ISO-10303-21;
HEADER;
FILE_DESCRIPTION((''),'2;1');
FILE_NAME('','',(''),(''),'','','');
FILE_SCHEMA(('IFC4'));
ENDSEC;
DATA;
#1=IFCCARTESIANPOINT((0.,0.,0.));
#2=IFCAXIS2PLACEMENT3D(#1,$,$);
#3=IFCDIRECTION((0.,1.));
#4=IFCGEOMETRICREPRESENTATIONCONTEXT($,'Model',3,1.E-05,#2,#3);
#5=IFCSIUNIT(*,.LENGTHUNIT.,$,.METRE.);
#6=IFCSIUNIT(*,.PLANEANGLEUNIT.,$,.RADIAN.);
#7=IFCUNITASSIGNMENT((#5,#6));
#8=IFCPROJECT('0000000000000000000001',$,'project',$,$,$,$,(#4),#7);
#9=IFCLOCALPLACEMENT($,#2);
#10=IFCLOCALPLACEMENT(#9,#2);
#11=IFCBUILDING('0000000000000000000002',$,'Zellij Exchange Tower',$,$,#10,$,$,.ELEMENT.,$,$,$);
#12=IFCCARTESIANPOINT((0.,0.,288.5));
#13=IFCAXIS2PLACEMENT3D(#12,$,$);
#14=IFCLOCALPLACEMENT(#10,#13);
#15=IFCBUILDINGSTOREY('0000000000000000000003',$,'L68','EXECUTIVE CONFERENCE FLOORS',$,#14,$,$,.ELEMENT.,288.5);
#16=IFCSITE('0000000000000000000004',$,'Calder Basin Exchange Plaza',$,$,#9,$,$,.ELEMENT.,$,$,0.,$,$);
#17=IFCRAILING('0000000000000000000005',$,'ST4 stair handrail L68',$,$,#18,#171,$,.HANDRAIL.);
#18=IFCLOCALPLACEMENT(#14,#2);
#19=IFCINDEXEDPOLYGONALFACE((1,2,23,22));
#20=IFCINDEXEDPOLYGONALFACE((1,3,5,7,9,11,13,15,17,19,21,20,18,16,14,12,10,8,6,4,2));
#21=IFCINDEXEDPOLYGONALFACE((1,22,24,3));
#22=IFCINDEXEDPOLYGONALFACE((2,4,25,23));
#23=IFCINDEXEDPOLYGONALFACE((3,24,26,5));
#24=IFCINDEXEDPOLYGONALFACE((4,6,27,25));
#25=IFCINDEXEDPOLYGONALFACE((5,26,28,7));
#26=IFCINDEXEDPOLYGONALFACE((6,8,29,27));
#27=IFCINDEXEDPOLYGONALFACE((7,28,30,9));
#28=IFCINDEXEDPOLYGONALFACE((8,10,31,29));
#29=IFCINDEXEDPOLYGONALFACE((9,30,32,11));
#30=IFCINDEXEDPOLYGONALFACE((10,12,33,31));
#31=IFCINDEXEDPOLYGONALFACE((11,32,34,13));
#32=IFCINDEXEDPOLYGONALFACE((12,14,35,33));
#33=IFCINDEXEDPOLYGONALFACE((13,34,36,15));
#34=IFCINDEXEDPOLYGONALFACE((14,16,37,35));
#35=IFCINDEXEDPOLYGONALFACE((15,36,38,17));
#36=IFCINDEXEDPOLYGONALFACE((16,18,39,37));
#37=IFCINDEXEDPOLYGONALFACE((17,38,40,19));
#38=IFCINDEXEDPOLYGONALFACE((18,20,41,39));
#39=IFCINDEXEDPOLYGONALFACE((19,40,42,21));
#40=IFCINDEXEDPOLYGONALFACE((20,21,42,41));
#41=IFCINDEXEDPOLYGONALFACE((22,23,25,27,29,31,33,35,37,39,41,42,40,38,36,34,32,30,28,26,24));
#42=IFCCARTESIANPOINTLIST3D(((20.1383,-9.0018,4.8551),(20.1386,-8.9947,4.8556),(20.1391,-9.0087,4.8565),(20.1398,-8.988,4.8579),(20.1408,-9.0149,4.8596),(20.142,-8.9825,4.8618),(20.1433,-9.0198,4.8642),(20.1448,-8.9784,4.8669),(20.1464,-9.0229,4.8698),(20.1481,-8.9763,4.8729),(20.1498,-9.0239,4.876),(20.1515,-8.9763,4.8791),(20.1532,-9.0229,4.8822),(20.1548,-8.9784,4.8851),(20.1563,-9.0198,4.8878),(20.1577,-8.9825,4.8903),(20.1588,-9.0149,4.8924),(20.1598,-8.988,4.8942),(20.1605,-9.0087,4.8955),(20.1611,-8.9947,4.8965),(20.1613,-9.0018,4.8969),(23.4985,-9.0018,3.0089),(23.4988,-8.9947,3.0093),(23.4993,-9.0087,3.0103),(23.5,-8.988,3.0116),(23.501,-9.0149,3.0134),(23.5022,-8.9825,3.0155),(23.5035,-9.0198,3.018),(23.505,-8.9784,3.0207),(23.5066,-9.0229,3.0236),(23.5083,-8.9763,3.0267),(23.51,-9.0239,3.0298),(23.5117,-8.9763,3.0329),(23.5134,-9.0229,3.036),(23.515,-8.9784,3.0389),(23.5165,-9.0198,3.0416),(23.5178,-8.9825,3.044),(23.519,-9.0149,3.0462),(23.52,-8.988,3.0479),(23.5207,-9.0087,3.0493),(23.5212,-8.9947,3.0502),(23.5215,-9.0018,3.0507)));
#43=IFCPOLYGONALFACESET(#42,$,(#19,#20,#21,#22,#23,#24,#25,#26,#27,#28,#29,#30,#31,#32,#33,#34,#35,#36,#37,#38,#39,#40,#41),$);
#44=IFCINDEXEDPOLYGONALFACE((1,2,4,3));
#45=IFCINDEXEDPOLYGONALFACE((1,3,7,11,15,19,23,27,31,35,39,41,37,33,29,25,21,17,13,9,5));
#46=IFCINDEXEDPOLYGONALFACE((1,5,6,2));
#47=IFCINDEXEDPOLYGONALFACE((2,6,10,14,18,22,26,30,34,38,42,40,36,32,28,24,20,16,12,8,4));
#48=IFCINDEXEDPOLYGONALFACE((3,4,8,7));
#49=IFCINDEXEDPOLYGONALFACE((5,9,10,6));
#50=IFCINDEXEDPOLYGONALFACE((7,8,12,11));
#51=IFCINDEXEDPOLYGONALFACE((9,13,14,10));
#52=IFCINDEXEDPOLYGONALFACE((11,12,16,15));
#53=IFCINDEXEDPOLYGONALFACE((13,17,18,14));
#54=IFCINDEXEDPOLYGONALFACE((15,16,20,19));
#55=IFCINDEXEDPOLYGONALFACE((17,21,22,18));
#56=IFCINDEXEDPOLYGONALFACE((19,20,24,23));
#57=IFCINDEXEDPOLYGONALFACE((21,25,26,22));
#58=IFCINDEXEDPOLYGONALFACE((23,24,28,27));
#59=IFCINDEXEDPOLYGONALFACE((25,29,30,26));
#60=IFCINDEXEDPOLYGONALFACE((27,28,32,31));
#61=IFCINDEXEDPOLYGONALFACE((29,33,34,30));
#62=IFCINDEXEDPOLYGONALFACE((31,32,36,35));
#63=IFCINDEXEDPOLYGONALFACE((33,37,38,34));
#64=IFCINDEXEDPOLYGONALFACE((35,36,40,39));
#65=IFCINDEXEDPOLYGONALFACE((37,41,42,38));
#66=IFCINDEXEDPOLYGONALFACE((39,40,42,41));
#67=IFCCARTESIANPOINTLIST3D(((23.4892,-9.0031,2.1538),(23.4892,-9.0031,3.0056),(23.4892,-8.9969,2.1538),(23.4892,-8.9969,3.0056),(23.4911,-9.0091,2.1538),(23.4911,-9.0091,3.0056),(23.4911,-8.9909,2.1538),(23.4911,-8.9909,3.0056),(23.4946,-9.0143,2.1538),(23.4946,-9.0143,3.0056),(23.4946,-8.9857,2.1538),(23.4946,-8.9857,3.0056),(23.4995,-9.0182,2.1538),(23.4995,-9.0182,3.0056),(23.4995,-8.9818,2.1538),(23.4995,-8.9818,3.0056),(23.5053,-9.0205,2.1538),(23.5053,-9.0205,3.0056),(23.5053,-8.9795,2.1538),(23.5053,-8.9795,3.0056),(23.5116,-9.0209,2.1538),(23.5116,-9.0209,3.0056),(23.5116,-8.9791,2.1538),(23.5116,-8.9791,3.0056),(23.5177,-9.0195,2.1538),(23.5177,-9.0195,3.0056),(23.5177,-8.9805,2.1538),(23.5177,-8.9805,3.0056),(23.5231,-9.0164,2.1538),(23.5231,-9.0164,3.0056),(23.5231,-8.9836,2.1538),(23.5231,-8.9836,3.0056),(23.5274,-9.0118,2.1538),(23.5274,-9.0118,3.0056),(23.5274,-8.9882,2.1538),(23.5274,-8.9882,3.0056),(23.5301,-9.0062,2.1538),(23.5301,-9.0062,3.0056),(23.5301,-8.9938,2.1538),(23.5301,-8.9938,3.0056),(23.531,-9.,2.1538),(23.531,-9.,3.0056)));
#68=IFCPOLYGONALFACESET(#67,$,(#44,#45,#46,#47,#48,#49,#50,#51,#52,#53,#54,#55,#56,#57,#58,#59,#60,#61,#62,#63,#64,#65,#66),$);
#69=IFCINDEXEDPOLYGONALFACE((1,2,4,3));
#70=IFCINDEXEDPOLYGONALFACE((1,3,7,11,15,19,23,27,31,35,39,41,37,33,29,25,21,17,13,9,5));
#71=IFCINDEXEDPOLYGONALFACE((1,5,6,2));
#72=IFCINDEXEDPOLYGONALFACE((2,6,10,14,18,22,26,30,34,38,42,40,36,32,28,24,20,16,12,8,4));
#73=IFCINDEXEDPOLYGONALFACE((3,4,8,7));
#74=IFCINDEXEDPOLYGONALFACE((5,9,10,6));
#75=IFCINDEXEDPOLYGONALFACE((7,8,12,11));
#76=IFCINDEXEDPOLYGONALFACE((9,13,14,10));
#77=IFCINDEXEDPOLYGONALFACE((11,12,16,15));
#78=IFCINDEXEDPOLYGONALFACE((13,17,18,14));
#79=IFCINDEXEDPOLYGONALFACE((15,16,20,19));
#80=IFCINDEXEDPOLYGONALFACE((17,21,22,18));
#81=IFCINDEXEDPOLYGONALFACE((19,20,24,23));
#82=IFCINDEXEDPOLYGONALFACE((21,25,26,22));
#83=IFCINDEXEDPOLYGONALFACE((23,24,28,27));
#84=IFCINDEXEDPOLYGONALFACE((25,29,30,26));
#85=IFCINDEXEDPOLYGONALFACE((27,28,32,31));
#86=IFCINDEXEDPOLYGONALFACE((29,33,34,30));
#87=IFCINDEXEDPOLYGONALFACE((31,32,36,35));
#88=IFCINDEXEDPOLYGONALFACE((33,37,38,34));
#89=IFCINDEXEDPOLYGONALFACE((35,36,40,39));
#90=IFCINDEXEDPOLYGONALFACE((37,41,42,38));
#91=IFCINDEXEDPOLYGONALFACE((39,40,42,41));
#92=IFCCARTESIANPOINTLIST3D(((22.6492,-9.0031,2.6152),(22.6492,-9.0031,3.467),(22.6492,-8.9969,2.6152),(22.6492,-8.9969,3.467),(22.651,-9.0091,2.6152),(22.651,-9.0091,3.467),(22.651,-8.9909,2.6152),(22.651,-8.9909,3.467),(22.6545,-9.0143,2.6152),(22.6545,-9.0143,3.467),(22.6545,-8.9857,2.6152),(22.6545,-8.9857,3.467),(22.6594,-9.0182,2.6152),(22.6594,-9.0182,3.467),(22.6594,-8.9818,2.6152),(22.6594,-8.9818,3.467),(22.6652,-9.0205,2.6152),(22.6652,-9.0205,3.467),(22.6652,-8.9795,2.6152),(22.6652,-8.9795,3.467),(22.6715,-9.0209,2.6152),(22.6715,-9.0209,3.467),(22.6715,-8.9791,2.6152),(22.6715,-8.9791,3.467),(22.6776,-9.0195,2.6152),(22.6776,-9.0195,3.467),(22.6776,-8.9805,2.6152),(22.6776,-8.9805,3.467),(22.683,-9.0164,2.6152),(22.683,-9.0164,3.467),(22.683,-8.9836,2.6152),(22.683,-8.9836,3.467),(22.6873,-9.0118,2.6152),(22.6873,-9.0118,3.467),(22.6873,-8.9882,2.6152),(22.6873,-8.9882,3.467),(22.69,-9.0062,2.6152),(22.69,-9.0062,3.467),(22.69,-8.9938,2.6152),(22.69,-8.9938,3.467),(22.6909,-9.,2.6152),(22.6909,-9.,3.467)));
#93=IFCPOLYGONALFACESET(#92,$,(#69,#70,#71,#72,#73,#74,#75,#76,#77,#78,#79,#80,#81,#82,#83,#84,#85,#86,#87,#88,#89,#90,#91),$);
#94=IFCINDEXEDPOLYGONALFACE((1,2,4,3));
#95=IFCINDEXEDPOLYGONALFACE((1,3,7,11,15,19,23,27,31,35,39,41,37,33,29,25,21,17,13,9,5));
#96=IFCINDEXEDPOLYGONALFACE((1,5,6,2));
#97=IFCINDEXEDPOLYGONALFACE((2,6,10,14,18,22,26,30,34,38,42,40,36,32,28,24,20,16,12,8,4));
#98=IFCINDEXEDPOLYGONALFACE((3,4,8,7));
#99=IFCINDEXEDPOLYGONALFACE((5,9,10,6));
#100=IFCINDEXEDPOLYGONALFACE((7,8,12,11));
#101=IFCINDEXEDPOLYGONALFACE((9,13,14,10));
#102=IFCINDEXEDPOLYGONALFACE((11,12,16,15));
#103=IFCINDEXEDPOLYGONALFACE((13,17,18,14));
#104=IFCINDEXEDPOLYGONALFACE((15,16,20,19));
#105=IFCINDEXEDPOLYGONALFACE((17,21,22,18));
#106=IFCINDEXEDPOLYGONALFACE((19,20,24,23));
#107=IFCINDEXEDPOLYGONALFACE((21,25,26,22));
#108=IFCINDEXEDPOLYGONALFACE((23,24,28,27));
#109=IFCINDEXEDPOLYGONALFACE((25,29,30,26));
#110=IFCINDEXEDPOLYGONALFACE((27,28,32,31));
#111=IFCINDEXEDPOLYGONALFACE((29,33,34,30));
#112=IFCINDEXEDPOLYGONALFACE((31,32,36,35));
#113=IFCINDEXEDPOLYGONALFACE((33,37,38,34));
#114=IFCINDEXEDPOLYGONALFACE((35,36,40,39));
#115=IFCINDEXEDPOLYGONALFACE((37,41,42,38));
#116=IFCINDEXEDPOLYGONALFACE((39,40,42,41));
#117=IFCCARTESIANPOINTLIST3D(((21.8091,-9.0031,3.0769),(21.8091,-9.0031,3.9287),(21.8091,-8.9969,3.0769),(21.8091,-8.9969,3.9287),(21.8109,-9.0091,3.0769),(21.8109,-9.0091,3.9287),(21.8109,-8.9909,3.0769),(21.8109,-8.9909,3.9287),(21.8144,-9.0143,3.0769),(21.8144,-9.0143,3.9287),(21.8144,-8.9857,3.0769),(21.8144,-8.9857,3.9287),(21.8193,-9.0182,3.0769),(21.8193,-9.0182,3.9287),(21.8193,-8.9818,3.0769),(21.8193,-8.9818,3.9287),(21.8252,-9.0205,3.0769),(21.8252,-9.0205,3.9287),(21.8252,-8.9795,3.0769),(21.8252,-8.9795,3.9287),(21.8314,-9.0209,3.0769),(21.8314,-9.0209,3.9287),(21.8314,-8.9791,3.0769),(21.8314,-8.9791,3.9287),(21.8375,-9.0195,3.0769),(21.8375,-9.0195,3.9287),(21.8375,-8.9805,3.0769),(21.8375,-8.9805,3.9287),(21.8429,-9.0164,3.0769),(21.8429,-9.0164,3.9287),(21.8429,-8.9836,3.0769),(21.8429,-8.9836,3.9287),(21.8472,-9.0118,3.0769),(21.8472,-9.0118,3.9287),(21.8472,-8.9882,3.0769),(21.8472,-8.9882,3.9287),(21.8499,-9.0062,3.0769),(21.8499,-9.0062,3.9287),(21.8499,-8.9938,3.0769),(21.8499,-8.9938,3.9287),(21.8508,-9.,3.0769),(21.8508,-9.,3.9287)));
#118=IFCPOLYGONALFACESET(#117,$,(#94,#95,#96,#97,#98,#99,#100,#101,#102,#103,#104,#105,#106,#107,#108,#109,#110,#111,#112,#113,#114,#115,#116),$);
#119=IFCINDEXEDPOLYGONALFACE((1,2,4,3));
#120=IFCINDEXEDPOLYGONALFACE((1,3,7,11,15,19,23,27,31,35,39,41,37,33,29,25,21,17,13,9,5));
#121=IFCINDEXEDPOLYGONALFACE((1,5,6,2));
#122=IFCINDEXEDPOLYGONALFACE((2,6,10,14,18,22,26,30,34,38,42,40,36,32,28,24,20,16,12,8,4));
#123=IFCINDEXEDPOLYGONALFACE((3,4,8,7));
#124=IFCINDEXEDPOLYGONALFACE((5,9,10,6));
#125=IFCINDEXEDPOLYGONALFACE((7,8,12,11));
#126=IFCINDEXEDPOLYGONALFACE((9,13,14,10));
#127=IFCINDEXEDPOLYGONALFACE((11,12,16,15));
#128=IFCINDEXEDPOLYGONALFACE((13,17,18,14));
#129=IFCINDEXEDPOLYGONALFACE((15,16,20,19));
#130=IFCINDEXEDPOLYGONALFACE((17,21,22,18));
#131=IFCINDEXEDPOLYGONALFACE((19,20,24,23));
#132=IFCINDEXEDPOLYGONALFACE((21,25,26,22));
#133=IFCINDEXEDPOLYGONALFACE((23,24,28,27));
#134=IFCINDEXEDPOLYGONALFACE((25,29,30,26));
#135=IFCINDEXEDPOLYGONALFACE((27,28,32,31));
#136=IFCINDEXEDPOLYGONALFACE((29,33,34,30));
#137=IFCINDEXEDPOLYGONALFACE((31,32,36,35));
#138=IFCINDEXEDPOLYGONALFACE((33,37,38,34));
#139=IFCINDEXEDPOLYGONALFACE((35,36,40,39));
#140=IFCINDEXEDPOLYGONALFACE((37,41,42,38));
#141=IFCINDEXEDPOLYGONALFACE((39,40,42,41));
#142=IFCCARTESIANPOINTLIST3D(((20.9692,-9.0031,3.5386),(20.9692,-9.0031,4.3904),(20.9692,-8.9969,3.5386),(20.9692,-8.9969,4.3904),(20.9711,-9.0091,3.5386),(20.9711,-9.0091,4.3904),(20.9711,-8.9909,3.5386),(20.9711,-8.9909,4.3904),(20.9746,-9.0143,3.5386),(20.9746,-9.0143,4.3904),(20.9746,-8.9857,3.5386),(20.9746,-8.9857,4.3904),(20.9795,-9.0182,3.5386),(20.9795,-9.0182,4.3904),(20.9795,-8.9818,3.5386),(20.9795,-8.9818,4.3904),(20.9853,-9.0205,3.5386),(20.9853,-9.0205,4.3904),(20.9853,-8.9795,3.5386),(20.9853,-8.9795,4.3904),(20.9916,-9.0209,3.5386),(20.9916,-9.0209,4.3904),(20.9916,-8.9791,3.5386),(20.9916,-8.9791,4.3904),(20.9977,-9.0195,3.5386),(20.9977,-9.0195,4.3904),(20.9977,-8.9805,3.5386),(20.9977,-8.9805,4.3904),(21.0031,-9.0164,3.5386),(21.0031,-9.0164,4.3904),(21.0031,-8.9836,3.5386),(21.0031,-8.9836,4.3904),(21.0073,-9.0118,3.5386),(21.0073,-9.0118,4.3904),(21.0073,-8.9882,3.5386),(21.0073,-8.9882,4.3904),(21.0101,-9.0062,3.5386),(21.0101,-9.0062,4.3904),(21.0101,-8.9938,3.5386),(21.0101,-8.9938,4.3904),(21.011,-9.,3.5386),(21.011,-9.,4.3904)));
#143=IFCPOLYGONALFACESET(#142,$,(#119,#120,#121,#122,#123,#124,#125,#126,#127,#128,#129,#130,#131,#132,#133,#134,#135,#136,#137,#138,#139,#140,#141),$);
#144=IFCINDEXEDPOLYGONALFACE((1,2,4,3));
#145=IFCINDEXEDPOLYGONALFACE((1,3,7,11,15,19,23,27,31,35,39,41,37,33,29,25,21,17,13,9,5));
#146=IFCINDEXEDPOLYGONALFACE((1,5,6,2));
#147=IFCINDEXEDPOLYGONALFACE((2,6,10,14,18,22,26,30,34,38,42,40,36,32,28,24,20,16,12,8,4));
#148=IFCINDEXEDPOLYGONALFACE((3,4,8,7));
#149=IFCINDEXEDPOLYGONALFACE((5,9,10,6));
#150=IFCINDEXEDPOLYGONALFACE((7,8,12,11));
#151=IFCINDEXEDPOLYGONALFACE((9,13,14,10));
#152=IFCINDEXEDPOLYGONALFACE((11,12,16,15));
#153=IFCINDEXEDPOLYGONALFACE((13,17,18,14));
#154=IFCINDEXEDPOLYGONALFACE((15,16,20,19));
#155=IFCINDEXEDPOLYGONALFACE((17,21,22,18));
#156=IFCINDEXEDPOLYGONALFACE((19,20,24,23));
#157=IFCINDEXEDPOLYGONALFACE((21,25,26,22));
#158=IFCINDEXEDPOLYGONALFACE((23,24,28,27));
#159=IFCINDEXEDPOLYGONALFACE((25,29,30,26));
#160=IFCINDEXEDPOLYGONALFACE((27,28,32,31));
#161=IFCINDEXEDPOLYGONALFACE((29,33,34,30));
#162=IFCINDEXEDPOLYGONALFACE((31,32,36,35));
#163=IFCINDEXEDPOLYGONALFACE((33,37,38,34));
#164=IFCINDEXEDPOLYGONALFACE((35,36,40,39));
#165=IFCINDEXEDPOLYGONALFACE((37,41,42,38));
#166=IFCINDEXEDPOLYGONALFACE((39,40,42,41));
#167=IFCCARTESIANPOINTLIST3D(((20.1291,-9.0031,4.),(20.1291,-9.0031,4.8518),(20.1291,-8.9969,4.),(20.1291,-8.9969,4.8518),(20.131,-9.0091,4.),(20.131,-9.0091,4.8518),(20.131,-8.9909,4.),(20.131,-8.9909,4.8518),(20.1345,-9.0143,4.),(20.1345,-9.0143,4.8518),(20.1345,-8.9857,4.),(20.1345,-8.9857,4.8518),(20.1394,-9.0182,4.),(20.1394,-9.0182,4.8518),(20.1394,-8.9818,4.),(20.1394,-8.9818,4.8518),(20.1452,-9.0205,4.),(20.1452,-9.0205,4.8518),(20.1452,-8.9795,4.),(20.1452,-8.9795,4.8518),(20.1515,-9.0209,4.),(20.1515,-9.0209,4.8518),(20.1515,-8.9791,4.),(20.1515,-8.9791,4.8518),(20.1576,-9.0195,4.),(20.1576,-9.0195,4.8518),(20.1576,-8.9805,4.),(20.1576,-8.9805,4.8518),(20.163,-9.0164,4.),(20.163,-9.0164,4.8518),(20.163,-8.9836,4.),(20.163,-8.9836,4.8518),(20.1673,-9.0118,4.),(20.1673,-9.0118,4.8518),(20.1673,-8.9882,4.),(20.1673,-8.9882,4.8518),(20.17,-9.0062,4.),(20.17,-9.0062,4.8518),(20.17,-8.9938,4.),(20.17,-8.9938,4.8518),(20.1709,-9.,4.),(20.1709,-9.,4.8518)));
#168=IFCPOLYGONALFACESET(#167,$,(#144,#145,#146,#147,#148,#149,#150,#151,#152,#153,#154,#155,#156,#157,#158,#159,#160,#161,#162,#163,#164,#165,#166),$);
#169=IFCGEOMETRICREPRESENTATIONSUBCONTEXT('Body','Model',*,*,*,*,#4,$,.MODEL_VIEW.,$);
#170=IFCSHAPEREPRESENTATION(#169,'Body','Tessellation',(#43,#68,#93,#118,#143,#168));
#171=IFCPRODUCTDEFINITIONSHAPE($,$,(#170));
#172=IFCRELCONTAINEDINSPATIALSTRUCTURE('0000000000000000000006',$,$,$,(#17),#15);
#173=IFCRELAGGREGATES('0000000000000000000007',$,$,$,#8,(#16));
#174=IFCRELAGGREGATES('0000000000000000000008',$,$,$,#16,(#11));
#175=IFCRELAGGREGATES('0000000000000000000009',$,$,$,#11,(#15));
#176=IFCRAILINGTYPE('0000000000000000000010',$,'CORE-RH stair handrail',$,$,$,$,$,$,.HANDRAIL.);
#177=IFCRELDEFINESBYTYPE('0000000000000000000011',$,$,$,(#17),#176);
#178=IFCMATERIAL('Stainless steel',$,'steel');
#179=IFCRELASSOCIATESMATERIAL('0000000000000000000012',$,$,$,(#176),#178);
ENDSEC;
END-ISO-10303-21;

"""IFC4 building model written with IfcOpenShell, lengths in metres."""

from ifc_helpers import new_model, si_unit, direction, frame, origin, origin_2d, place, context, subcontext, project, spatial, circle, extrude, material, type_object, element, save


model = new_model("IFC4")

# Units and contexts
model_context = context("Model", 3, precision=1e-05, world=origin(), true_north=direction((0.0, 1.0)))
body_context = subcontext(model_context, "Body", "Model", "MODEL_VIEW")
ifc_project = project(units=[si_unit("LENGTHUNIT", "METRE"), si_unit("PLANEANGLEUNIT", "RADIAN")], contexts=[model_context])

# Site, building, storey
site_placement = place(None, origin())
site = spatial("IfcSite", under=ifc_project, at=site_placement, Name="Calder Basin Exchange Plaza", CompositionType="ELEMENT", RefElevation=0.0)
building_placement = place(site_placement, origin())
building = spatial("IfcBuilding", under=site, at=building_placement, Name="Zellij Exchange Tower", CompositionType="ELEMENT")
storey_placement = place(building_placement, frame((0.0, 0.0, 288.5)))
storey = spatial("IfcBuildingStorey", under=building, at=storey_placement, Name="L68", Description="EXECUTIVE CONFERENCE FLOORS", CompositionType="ELEMENT", Elevation=288.5)

# Railing
ifc_material_1 = material(Name="Stainless steel", Category="steel")
railing_type_1 = type_object("IfcRailingType", Name="CORE-RH stair handrail", PredefinedType="HANDRAIL", material=ifc_material_1)
railing_1_placement = place(storey_placement, frame((23.51, -9.0, 2.1538)))
element("IfcRailing", 1, at=railing_1_placement, inside=storey, type_object=railing_type_1, Name="ST4 stair handrail L68", PredefinedType="HANDRAIL", context=body_context, shape_type="SweptSolid", body=[
    extrude(circle(Radius=0.0239, at=origin_2d()), frame((0.0, 0.0, 0.876), z_axis=(-0.876422, 0.0, 0.481545), x_axis=(0.0, -1.0, 0.0)), (0.0, 0.0, 1.0), 3.834),
    extrude(circle(Radius=0.021, at=origin_2d()), origin(), (0.0, 0.0, 1.0), 0.8518),
    extrude(circle(Radius=0.021, at=origin_2d()), frame((-0.8401, 0.0, 0.4614)), (0.0, 0.0, 1.0), 0.8518),
    extrude(circle(Radius=0.021, at=origin_2d()), frame((-1.6802, 0.0, 0.9231)), (0.0, 0.0, 1.0), 0.8518),
    extrude(circle(Radius=0.021, at=origin_2d()), frame((-2.52, 0.0, 1.3848)), (0.0, 0.0, 1.0), 0.8518),
    extrude(circle(Radius=0.021, at=origin_2d()), frame((-3.3601, 0.0, 1.8462)), (0.0, 0.0, 1.0), 0.8518),
])

save(model, "model.ifc")
